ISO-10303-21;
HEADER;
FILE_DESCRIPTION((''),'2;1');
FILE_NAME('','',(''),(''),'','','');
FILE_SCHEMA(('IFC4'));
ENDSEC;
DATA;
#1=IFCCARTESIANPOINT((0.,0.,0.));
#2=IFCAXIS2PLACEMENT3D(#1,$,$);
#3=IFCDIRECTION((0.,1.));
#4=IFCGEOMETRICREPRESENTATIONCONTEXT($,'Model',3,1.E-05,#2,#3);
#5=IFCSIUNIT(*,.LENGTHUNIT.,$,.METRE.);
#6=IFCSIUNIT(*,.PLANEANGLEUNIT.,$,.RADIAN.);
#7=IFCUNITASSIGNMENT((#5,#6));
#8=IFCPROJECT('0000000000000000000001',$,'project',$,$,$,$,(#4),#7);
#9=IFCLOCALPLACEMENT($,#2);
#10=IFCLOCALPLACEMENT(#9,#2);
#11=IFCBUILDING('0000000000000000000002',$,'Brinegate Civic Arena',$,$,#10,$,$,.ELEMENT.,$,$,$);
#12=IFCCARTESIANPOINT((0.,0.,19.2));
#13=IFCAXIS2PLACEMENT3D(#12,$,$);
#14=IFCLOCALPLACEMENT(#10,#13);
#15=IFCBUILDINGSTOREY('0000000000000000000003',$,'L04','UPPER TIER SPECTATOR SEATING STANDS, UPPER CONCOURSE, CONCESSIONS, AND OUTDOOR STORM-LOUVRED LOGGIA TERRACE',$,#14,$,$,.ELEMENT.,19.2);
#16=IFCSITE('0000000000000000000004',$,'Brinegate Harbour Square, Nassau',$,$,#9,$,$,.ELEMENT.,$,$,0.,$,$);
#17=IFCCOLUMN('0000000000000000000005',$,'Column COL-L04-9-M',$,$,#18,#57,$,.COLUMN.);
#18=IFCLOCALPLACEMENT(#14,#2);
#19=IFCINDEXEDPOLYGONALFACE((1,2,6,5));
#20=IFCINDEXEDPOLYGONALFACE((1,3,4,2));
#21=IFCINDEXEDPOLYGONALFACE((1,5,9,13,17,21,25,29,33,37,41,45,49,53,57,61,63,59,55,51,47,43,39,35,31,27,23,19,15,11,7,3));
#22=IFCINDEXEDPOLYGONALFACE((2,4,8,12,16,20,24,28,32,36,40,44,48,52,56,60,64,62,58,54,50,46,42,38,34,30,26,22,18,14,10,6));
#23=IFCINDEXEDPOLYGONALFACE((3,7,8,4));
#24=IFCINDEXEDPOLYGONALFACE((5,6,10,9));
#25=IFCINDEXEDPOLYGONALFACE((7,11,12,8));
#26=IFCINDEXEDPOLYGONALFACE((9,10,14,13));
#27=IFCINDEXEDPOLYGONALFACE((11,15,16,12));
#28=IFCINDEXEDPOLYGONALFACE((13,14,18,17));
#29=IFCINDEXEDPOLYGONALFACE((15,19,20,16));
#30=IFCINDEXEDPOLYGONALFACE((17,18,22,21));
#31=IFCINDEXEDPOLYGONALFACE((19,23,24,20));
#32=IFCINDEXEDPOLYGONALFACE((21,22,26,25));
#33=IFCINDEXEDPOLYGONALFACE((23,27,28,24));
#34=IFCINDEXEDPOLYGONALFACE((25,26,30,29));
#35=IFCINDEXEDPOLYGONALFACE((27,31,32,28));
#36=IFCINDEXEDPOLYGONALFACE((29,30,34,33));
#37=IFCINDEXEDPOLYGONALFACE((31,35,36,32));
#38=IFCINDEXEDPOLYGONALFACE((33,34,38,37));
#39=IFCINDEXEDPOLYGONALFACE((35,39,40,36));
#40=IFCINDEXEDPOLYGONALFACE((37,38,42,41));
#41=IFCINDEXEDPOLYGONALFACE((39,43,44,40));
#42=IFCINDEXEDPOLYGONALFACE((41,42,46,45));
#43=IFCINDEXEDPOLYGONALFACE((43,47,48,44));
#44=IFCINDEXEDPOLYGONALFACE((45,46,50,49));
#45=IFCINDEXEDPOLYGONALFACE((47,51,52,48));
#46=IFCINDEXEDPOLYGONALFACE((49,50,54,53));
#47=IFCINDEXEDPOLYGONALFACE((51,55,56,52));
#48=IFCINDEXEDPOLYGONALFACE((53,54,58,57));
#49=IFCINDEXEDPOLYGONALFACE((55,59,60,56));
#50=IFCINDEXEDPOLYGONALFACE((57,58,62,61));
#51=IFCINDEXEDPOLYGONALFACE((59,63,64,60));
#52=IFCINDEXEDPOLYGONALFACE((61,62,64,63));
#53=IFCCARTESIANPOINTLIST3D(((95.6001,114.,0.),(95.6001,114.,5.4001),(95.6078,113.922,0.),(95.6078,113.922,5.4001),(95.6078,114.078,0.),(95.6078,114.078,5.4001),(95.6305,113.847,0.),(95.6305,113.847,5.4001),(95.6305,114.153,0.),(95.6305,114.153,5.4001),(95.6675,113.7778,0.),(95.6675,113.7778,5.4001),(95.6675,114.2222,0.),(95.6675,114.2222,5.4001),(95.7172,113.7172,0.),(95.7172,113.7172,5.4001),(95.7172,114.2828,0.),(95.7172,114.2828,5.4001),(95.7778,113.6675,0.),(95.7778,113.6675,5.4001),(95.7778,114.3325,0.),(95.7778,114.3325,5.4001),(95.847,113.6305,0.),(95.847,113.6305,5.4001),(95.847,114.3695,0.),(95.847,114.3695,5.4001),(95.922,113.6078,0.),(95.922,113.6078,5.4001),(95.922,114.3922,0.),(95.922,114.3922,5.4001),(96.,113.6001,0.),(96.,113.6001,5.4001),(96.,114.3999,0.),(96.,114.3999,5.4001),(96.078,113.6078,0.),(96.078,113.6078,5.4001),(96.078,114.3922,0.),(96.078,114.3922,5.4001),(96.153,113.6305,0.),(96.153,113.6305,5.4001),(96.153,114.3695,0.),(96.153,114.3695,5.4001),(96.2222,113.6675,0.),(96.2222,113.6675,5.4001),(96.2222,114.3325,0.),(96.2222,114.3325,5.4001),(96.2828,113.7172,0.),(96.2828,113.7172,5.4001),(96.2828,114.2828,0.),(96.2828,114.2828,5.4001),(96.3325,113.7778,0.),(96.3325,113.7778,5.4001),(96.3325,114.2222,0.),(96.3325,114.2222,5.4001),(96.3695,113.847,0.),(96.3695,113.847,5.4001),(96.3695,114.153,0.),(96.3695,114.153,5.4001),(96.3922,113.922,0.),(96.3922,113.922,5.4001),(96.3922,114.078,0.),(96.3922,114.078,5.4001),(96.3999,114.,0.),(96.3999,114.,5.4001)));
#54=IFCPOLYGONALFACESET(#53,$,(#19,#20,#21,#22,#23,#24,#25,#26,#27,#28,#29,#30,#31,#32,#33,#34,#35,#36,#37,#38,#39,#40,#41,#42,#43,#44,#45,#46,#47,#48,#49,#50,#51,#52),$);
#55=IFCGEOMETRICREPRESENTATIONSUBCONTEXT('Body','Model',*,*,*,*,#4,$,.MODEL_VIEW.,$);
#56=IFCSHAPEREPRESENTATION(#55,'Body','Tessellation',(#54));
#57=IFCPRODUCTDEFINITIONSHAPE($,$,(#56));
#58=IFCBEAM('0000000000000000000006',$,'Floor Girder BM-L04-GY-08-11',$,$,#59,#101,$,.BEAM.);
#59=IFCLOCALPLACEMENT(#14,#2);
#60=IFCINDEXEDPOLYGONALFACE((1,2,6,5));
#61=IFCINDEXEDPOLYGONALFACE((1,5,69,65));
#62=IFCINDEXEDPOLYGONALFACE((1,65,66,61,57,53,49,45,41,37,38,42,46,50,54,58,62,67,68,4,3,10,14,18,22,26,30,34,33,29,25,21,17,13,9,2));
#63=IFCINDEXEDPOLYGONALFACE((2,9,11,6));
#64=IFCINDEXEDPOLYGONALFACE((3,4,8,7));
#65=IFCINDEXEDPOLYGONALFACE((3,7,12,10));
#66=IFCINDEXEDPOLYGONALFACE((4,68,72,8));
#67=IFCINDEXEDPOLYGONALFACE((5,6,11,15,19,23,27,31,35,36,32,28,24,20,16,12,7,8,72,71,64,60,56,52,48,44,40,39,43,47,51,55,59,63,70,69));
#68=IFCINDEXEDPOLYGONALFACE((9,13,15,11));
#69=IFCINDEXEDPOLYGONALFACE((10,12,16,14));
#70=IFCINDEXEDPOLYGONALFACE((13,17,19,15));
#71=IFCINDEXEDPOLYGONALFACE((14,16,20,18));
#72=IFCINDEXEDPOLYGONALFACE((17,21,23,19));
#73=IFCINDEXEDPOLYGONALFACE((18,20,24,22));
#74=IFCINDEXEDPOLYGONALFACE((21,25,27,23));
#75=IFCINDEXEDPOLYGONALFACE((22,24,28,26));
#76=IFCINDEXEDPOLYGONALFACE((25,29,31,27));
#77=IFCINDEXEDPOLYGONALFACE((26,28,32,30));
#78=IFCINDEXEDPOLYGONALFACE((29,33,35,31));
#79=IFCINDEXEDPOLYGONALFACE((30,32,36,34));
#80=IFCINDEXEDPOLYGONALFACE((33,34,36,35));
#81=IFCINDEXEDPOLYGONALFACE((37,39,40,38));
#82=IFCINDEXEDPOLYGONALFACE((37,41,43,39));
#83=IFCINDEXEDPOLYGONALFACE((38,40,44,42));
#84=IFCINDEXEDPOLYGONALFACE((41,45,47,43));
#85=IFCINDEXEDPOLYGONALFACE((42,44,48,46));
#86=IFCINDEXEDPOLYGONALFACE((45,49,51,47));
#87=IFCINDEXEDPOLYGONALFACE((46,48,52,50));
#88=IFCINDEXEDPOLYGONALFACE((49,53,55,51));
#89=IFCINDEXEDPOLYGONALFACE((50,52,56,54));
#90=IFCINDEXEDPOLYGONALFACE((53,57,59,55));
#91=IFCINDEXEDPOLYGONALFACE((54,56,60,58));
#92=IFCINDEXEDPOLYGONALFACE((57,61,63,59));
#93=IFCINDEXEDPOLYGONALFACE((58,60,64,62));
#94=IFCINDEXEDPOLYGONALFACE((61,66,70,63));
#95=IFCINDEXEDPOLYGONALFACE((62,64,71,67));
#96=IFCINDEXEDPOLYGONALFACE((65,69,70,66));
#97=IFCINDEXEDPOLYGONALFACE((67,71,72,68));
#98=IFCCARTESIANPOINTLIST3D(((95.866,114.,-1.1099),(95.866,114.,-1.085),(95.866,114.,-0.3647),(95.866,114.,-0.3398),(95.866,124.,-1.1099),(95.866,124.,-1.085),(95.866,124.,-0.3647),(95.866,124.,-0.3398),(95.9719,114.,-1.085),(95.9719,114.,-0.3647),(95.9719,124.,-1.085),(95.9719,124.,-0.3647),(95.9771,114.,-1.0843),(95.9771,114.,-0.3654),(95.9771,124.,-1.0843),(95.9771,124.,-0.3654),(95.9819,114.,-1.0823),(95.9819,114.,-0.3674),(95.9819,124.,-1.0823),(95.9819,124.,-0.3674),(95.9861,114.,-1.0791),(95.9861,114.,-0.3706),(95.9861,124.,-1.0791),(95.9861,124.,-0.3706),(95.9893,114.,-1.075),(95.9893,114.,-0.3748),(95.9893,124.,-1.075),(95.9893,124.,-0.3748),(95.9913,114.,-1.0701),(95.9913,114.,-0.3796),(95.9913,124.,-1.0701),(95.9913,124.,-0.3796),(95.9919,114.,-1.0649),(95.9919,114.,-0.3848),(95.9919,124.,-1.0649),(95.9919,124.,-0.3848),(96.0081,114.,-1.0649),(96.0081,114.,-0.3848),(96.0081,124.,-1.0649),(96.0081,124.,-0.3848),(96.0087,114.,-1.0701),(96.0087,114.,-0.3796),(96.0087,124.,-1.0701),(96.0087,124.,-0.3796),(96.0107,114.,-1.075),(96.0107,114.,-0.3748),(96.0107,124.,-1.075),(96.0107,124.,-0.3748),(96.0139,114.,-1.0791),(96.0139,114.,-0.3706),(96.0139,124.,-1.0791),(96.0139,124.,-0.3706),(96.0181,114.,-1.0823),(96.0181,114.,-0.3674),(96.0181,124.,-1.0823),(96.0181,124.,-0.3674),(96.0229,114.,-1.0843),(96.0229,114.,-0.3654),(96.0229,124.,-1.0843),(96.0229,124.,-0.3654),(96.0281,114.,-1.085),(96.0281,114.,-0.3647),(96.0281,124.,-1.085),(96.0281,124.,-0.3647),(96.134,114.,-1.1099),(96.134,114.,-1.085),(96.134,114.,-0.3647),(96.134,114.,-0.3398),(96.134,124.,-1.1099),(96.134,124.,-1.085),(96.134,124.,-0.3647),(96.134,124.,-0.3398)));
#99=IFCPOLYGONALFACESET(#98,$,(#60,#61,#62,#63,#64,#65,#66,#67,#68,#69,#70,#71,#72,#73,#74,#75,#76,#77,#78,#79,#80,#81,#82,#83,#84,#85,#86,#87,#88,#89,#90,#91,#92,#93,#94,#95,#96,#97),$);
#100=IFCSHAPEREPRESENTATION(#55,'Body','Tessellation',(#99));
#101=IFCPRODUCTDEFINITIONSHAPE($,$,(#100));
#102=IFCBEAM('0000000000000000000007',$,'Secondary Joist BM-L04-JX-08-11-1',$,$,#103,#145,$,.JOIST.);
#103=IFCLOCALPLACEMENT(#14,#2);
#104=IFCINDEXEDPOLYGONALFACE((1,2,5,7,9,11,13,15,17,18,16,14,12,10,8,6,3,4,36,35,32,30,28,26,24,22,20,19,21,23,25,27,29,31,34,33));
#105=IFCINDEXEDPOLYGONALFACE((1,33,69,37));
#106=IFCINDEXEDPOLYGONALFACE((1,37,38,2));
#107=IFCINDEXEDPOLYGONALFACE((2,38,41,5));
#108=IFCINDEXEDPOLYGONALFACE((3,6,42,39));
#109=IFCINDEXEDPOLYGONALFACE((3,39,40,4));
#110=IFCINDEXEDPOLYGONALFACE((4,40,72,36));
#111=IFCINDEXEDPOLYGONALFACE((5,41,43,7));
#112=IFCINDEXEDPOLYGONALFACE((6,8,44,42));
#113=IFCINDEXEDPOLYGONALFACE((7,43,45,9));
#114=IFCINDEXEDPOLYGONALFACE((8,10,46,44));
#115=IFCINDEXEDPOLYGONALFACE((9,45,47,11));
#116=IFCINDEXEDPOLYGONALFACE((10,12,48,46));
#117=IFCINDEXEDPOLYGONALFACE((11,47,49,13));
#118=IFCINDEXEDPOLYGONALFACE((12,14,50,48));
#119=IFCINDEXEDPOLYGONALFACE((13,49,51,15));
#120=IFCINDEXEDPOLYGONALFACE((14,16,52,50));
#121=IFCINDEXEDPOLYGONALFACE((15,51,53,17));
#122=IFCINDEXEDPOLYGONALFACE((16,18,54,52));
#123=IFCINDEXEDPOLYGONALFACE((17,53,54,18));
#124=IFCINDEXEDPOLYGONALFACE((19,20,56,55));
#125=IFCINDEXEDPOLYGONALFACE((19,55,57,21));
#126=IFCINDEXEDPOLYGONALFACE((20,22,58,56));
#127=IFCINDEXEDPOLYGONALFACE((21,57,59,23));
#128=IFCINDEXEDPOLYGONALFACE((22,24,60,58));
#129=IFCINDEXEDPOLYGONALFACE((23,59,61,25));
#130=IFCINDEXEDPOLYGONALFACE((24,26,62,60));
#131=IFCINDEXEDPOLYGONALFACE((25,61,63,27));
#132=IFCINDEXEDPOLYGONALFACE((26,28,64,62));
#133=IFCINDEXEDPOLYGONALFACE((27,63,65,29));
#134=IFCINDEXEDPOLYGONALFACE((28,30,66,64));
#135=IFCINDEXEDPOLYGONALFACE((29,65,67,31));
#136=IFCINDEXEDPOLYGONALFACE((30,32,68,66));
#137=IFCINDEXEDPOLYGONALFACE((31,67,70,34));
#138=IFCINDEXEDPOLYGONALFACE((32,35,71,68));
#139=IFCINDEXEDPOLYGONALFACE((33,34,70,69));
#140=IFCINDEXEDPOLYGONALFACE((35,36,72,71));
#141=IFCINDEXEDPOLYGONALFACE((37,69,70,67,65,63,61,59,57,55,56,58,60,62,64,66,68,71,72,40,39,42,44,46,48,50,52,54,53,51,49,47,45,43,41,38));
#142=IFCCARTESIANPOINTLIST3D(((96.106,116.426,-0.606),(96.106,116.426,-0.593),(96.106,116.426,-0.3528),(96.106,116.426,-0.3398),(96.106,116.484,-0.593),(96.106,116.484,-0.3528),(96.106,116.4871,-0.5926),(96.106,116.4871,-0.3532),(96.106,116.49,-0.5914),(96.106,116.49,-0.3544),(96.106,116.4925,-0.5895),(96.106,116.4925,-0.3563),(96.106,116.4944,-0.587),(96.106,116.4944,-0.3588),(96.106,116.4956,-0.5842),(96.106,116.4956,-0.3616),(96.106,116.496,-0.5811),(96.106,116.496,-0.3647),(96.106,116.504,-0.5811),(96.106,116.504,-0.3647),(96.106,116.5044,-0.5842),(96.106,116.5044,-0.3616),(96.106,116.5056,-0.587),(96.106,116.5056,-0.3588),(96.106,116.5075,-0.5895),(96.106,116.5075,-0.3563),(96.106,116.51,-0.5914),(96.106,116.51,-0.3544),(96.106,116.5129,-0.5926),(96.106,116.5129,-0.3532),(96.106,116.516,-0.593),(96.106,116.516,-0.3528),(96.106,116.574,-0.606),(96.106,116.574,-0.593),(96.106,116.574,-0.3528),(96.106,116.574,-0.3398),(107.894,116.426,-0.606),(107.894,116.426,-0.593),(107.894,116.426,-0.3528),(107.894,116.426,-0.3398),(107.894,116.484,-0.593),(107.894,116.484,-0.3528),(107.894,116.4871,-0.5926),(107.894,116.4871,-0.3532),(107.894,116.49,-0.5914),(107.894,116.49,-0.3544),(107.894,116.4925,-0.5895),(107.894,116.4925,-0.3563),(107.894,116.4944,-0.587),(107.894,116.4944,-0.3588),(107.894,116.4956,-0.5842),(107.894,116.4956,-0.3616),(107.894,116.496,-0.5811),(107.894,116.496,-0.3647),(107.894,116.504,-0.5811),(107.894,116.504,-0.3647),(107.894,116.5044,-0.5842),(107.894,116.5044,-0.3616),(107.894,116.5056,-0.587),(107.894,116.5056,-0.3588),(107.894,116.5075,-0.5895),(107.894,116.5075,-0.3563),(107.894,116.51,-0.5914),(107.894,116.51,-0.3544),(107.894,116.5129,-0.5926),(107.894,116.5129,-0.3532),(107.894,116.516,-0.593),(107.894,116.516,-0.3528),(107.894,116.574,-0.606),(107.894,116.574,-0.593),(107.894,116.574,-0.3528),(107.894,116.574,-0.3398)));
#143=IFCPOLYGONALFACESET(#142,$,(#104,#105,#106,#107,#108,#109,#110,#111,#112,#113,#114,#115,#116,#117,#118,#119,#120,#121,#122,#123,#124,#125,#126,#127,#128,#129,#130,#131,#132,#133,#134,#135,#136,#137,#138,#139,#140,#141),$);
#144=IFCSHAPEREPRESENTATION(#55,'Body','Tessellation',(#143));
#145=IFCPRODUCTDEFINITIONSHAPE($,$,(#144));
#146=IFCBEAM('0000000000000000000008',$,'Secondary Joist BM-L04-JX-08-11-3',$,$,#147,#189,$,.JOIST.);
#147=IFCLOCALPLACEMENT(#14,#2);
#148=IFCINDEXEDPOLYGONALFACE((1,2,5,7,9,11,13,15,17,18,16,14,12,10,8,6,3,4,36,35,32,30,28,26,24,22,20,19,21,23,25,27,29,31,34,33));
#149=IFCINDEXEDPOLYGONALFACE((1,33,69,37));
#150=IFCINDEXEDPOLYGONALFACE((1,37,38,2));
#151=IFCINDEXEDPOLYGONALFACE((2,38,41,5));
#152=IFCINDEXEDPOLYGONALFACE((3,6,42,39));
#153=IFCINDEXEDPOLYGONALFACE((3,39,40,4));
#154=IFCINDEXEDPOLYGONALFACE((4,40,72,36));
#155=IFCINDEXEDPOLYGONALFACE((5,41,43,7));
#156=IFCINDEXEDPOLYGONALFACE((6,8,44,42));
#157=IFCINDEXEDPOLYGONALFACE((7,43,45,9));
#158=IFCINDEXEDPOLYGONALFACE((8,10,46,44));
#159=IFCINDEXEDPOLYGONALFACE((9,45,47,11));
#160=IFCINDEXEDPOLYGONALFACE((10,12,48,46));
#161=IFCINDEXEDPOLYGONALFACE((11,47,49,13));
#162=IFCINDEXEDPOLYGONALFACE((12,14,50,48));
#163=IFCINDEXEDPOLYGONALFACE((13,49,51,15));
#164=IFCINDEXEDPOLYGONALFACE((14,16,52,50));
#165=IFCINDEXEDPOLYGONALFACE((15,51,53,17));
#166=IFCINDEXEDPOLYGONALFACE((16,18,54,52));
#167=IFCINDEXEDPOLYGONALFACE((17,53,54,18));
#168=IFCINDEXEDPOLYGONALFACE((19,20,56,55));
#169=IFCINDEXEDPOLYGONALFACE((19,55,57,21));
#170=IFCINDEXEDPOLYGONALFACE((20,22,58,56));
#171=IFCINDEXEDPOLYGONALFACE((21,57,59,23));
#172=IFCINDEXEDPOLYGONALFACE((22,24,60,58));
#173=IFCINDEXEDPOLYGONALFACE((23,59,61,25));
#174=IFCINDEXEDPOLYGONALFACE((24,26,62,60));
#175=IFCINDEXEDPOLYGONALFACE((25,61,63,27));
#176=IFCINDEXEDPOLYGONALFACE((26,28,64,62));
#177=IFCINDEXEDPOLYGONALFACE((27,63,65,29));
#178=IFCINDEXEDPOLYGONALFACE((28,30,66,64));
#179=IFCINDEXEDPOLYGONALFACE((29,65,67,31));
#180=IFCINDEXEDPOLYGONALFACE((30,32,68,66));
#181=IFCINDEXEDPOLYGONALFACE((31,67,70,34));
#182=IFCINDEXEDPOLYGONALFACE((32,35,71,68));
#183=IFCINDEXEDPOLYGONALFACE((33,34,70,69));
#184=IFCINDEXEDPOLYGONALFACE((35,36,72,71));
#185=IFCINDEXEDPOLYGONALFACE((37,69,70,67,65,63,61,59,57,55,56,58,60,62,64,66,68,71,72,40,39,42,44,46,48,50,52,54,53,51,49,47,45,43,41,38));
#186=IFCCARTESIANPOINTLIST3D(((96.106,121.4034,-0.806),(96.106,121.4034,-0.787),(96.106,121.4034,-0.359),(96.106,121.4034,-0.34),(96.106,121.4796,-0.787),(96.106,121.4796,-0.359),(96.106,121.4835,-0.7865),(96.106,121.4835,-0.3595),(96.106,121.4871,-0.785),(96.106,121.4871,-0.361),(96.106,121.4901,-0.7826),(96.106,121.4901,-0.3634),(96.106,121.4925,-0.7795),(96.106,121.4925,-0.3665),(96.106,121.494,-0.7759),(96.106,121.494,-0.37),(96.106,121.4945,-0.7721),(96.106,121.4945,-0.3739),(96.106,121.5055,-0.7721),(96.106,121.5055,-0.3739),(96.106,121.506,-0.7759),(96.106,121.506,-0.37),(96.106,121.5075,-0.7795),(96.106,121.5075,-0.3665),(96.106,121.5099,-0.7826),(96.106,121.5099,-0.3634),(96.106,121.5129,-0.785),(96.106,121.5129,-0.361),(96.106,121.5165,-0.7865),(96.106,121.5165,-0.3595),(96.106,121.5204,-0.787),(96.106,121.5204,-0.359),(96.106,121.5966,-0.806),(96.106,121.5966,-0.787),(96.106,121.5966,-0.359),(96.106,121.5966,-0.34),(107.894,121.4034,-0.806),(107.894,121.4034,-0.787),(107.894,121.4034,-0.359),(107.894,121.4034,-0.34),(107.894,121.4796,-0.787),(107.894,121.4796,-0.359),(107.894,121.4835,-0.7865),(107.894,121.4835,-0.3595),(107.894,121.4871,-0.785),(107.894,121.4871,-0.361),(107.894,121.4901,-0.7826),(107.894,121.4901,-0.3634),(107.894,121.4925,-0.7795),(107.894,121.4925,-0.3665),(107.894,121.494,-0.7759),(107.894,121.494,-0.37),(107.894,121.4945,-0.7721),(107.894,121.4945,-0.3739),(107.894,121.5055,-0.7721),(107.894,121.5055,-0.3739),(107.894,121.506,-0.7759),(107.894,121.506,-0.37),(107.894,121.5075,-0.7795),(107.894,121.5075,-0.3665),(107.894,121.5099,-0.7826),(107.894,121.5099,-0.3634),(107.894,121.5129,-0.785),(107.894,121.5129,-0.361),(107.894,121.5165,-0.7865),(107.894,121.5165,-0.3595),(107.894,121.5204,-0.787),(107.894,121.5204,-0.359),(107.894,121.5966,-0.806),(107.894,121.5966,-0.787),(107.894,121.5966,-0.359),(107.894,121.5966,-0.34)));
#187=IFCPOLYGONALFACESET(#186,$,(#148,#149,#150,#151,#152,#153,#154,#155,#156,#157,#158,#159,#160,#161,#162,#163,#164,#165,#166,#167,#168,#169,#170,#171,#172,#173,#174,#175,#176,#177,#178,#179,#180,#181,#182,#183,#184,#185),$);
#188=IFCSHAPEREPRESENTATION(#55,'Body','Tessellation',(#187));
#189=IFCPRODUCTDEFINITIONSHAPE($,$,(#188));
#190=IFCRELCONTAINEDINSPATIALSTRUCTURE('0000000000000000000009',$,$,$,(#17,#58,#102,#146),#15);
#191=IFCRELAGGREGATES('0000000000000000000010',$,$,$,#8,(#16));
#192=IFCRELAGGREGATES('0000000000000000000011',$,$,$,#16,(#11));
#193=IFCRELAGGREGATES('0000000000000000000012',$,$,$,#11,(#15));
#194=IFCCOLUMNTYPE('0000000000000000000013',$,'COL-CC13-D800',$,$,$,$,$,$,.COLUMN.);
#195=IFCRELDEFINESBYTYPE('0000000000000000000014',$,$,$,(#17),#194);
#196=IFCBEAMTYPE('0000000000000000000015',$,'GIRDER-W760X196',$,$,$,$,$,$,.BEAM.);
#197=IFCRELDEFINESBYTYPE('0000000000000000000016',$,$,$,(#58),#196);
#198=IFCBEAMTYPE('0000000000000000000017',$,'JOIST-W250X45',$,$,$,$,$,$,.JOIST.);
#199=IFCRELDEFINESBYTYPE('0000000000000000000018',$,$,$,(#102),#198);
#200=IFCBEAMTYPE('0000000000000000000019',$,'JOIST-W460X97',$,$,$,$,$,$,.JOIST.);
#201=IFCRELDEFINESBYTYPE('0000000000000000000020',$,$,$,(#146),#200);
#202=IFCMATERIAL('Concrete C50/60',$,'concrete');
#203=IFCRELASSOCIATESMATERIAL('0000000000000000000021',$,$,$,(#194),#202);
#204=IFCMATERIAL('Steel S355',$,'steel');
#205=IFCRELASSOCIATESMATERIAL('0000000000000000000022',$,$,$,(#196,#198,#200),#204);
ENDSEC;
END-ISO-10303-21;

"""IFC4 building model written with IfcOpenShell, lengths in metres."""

from ifc_helpers import new_model, si_unit, direction, frame, origin, origin_2d, place, context, subcontext, project, spatial, circle, i_section, extrude, material, material_profile, profile_set, type_object, element, save


model = new_model("IFC4")

# Units and contexts
model_context = context("Model", 3, precision=1e-05, world=origin(), true_north=direction((0.0, 1.0)))
body_context = subcontext(model_context, "Body", "Model", "MODEL_VIEW")
ifc_project = project(units=[si_unit("LENGTHUNIT", "METRE"), si_unit("PLANEANGLEUNIT", "RADIAN")], contexts=[model_context])

# Site, building, storey
site_placement = place(None, origin())
site = spatial("IfcSite", under=ifc_project, at=site_placement, Name="Brinegate Harbour Square, Nassau", CompositionType="ELEMENT", RefElevation=0.0)
building_placement = place(site_placement, origin())
building = spatial("IfcBuilding", under=site, at=building_placement, Name="Brinegate Civic Arena", CompositionType="ELEMENT")
storey_placement = place(building_placement, frame((0.0, 0.0, 19.2)))
storey = spatial("IfcBuildingStorey", under=building, at=storey_placement, Name="L04", Description="UPPER TIER SPECTATOR SEATING STANDS, UPPER CONCOURSE, CONCESSIONS, AND OUTDOOR STORM-LOUVRED LOGGIA TERRACE", CompositionType="ELEMENT", Elevation=19.2)

# Column
ifc_material_1 = material(Name="Concrete C50/60", Category="concrete")
ifc_material_profile_1 = material_profile(ifc_material_1, circle(Radius=0.3999, at=origin_2d()), Name="RCD800")
ifc_profile_set_1 = profile_set([ifc_material_profile_1], Name="Concrete C50/60")
column_type = type_object("IfcColumnType", Name="COL-CC13-D800", PredefinedType="COLUMN", material=ifc_profile_set_1)
column_placement = place(storey_placement, frame((96.0, 114.0, 0.0), z_axis=(0.0, 0.0, 1.0), x_axis=(1.0, 0.0, 0.0)))
element("IfcColumn", 1, at=column_placement, inside=storey, type_object=column_type, Name="Column COL-L04-9-M", PredefinedType="COLUMN", context=body_context, shape_type="SweptSolid", body=[
    extrude(circle(Radius=0.3999, at=origin_2d()), origin(), (0.0, 0.0, 1.0), 5.4001),
])

# Beams
ifc_material_2 = material(Name="Steel S355", Category="steel")
ifc_material_profile_2 = material_profile(ifc_material_2, i_section(OverallWidth=0.2681, OverallDepth=0.77, WebThickness=0.0161, FlangeThickness=0.0249, FilletRadius=0.02, at=origin_2d()), Name="W760X196")
ifc_profile_set_2 = profile_set([ifc_material_profile_2], Name="Steel S355")
beam_type_1 = type_object("IfcBeamType", Name="GIRDER-W760X196", PredefinedType="BEAM", material=ifc_profile_set_2)
beam_1_placement = place(storey_placement, frame((96.0, 114.0, -0.7249), z_axis=(0.0, 1.0, 0.0), x_axis=(-1.0, 0.0, 0.0)))
element("IfcBeam", 2, at=beam_1_placement, inside=storey, type_object=beam_type_1, Name="Floor Girder BM-L04-GY-08-11", PredefinedType="BEAM", context=body_context, shape_type="SweptSolid", body=[
    extrude(i_section(OverallWidth=0.2681, OverallDepth=0.77, WebThickness=0.0161, FlangeThickness=0.0249, FilletRadius=0.02, at=origin_2d()), origin(), (0.0, 0.0, 1.0), 10.0),
])
ifc_material_profile_3 = material_profile(ifc_material_2, i_section(OverallWidth=0.1479, OverallDepth=0.2661, WebThickness=0.0081, FlangeThickness=0.0129, FilletRadius=0.012, at=origin_2d()), Name="W250X45")
ifc_profile_set_3 = profile_set([ifc_material_profile_3], Name="Steel S355")
beam_type_2 = type_object("IfcBeamType", Name="JOIST-W250X45", PredefinedType="JOIST", material=ifc_profile_set_3)
beam_2_placement = place(storey_placement, frame((96.106, 116.5, -0.4729), z_axis=(1.0, 0.0, 0.0), x_axis=(0.0, 1.0, 0.0)))
element("IfcBeam", 3, at=beam_2_placement, inside=storey, type_object=beam_type_2, Name="Secondary Joist BM-L04-JX-08-11-1", PredefinedType="JOIST", context=body_context, shape_type="SweptSolid", body=[
    extrude(i_section(OverallWidth=0.1479, OverallDepth=0.2661, WebThickness=0.0081, FlangeThickness=0.0129, FilletRadius=0.012, at=origin_2d()), origin(), (0.0, 0.0, 1.0), 11.7881),
])
ifc_material_profile_4 = material_profile(ifc_material_2, i_section(OverallWidth=0.1931, OverallDepth=0.4661, WebThickness=0.011, FlangeThickness=0.019, FilletRadius=0.0149, at=origin_2d()), Name="W460X97")
ifc_profile_set_4 = profile_set([ifc_material_profile_4], Name="Steel S355")
beam_type_3 = type_object("IfcBeamType", Name="JOIST-W460X97", PredefinedType="JOIST", material=ifc_profile_set_4)
beam_3_placement = place(storey_placement, frame((96.106, 121.5, -0.573), z_axis=(1.0, 0.0, 0.0), x_axis=(0.0, 1.0, 0.0)))
element("IfcBeam", 4, at=beam_3_placement, inside=storey, type_object=beam_type_3, Name="Secondary Joist BM-L04-JX-08-11-3", PredefinedType="JOIST", context=body_context, shape_type="SweptSolid", body=[
    extrude(i_section(OverallWidth=0.1931, OverallDepth=0.4661, WebThickness=0.011, FlangeThickness=0.019, FilletRadius=0.0149, at=origin_2d()), origin(), (0.0, 0.0, 1.0), 11.7881),
])

save(model, "model.ifc")
